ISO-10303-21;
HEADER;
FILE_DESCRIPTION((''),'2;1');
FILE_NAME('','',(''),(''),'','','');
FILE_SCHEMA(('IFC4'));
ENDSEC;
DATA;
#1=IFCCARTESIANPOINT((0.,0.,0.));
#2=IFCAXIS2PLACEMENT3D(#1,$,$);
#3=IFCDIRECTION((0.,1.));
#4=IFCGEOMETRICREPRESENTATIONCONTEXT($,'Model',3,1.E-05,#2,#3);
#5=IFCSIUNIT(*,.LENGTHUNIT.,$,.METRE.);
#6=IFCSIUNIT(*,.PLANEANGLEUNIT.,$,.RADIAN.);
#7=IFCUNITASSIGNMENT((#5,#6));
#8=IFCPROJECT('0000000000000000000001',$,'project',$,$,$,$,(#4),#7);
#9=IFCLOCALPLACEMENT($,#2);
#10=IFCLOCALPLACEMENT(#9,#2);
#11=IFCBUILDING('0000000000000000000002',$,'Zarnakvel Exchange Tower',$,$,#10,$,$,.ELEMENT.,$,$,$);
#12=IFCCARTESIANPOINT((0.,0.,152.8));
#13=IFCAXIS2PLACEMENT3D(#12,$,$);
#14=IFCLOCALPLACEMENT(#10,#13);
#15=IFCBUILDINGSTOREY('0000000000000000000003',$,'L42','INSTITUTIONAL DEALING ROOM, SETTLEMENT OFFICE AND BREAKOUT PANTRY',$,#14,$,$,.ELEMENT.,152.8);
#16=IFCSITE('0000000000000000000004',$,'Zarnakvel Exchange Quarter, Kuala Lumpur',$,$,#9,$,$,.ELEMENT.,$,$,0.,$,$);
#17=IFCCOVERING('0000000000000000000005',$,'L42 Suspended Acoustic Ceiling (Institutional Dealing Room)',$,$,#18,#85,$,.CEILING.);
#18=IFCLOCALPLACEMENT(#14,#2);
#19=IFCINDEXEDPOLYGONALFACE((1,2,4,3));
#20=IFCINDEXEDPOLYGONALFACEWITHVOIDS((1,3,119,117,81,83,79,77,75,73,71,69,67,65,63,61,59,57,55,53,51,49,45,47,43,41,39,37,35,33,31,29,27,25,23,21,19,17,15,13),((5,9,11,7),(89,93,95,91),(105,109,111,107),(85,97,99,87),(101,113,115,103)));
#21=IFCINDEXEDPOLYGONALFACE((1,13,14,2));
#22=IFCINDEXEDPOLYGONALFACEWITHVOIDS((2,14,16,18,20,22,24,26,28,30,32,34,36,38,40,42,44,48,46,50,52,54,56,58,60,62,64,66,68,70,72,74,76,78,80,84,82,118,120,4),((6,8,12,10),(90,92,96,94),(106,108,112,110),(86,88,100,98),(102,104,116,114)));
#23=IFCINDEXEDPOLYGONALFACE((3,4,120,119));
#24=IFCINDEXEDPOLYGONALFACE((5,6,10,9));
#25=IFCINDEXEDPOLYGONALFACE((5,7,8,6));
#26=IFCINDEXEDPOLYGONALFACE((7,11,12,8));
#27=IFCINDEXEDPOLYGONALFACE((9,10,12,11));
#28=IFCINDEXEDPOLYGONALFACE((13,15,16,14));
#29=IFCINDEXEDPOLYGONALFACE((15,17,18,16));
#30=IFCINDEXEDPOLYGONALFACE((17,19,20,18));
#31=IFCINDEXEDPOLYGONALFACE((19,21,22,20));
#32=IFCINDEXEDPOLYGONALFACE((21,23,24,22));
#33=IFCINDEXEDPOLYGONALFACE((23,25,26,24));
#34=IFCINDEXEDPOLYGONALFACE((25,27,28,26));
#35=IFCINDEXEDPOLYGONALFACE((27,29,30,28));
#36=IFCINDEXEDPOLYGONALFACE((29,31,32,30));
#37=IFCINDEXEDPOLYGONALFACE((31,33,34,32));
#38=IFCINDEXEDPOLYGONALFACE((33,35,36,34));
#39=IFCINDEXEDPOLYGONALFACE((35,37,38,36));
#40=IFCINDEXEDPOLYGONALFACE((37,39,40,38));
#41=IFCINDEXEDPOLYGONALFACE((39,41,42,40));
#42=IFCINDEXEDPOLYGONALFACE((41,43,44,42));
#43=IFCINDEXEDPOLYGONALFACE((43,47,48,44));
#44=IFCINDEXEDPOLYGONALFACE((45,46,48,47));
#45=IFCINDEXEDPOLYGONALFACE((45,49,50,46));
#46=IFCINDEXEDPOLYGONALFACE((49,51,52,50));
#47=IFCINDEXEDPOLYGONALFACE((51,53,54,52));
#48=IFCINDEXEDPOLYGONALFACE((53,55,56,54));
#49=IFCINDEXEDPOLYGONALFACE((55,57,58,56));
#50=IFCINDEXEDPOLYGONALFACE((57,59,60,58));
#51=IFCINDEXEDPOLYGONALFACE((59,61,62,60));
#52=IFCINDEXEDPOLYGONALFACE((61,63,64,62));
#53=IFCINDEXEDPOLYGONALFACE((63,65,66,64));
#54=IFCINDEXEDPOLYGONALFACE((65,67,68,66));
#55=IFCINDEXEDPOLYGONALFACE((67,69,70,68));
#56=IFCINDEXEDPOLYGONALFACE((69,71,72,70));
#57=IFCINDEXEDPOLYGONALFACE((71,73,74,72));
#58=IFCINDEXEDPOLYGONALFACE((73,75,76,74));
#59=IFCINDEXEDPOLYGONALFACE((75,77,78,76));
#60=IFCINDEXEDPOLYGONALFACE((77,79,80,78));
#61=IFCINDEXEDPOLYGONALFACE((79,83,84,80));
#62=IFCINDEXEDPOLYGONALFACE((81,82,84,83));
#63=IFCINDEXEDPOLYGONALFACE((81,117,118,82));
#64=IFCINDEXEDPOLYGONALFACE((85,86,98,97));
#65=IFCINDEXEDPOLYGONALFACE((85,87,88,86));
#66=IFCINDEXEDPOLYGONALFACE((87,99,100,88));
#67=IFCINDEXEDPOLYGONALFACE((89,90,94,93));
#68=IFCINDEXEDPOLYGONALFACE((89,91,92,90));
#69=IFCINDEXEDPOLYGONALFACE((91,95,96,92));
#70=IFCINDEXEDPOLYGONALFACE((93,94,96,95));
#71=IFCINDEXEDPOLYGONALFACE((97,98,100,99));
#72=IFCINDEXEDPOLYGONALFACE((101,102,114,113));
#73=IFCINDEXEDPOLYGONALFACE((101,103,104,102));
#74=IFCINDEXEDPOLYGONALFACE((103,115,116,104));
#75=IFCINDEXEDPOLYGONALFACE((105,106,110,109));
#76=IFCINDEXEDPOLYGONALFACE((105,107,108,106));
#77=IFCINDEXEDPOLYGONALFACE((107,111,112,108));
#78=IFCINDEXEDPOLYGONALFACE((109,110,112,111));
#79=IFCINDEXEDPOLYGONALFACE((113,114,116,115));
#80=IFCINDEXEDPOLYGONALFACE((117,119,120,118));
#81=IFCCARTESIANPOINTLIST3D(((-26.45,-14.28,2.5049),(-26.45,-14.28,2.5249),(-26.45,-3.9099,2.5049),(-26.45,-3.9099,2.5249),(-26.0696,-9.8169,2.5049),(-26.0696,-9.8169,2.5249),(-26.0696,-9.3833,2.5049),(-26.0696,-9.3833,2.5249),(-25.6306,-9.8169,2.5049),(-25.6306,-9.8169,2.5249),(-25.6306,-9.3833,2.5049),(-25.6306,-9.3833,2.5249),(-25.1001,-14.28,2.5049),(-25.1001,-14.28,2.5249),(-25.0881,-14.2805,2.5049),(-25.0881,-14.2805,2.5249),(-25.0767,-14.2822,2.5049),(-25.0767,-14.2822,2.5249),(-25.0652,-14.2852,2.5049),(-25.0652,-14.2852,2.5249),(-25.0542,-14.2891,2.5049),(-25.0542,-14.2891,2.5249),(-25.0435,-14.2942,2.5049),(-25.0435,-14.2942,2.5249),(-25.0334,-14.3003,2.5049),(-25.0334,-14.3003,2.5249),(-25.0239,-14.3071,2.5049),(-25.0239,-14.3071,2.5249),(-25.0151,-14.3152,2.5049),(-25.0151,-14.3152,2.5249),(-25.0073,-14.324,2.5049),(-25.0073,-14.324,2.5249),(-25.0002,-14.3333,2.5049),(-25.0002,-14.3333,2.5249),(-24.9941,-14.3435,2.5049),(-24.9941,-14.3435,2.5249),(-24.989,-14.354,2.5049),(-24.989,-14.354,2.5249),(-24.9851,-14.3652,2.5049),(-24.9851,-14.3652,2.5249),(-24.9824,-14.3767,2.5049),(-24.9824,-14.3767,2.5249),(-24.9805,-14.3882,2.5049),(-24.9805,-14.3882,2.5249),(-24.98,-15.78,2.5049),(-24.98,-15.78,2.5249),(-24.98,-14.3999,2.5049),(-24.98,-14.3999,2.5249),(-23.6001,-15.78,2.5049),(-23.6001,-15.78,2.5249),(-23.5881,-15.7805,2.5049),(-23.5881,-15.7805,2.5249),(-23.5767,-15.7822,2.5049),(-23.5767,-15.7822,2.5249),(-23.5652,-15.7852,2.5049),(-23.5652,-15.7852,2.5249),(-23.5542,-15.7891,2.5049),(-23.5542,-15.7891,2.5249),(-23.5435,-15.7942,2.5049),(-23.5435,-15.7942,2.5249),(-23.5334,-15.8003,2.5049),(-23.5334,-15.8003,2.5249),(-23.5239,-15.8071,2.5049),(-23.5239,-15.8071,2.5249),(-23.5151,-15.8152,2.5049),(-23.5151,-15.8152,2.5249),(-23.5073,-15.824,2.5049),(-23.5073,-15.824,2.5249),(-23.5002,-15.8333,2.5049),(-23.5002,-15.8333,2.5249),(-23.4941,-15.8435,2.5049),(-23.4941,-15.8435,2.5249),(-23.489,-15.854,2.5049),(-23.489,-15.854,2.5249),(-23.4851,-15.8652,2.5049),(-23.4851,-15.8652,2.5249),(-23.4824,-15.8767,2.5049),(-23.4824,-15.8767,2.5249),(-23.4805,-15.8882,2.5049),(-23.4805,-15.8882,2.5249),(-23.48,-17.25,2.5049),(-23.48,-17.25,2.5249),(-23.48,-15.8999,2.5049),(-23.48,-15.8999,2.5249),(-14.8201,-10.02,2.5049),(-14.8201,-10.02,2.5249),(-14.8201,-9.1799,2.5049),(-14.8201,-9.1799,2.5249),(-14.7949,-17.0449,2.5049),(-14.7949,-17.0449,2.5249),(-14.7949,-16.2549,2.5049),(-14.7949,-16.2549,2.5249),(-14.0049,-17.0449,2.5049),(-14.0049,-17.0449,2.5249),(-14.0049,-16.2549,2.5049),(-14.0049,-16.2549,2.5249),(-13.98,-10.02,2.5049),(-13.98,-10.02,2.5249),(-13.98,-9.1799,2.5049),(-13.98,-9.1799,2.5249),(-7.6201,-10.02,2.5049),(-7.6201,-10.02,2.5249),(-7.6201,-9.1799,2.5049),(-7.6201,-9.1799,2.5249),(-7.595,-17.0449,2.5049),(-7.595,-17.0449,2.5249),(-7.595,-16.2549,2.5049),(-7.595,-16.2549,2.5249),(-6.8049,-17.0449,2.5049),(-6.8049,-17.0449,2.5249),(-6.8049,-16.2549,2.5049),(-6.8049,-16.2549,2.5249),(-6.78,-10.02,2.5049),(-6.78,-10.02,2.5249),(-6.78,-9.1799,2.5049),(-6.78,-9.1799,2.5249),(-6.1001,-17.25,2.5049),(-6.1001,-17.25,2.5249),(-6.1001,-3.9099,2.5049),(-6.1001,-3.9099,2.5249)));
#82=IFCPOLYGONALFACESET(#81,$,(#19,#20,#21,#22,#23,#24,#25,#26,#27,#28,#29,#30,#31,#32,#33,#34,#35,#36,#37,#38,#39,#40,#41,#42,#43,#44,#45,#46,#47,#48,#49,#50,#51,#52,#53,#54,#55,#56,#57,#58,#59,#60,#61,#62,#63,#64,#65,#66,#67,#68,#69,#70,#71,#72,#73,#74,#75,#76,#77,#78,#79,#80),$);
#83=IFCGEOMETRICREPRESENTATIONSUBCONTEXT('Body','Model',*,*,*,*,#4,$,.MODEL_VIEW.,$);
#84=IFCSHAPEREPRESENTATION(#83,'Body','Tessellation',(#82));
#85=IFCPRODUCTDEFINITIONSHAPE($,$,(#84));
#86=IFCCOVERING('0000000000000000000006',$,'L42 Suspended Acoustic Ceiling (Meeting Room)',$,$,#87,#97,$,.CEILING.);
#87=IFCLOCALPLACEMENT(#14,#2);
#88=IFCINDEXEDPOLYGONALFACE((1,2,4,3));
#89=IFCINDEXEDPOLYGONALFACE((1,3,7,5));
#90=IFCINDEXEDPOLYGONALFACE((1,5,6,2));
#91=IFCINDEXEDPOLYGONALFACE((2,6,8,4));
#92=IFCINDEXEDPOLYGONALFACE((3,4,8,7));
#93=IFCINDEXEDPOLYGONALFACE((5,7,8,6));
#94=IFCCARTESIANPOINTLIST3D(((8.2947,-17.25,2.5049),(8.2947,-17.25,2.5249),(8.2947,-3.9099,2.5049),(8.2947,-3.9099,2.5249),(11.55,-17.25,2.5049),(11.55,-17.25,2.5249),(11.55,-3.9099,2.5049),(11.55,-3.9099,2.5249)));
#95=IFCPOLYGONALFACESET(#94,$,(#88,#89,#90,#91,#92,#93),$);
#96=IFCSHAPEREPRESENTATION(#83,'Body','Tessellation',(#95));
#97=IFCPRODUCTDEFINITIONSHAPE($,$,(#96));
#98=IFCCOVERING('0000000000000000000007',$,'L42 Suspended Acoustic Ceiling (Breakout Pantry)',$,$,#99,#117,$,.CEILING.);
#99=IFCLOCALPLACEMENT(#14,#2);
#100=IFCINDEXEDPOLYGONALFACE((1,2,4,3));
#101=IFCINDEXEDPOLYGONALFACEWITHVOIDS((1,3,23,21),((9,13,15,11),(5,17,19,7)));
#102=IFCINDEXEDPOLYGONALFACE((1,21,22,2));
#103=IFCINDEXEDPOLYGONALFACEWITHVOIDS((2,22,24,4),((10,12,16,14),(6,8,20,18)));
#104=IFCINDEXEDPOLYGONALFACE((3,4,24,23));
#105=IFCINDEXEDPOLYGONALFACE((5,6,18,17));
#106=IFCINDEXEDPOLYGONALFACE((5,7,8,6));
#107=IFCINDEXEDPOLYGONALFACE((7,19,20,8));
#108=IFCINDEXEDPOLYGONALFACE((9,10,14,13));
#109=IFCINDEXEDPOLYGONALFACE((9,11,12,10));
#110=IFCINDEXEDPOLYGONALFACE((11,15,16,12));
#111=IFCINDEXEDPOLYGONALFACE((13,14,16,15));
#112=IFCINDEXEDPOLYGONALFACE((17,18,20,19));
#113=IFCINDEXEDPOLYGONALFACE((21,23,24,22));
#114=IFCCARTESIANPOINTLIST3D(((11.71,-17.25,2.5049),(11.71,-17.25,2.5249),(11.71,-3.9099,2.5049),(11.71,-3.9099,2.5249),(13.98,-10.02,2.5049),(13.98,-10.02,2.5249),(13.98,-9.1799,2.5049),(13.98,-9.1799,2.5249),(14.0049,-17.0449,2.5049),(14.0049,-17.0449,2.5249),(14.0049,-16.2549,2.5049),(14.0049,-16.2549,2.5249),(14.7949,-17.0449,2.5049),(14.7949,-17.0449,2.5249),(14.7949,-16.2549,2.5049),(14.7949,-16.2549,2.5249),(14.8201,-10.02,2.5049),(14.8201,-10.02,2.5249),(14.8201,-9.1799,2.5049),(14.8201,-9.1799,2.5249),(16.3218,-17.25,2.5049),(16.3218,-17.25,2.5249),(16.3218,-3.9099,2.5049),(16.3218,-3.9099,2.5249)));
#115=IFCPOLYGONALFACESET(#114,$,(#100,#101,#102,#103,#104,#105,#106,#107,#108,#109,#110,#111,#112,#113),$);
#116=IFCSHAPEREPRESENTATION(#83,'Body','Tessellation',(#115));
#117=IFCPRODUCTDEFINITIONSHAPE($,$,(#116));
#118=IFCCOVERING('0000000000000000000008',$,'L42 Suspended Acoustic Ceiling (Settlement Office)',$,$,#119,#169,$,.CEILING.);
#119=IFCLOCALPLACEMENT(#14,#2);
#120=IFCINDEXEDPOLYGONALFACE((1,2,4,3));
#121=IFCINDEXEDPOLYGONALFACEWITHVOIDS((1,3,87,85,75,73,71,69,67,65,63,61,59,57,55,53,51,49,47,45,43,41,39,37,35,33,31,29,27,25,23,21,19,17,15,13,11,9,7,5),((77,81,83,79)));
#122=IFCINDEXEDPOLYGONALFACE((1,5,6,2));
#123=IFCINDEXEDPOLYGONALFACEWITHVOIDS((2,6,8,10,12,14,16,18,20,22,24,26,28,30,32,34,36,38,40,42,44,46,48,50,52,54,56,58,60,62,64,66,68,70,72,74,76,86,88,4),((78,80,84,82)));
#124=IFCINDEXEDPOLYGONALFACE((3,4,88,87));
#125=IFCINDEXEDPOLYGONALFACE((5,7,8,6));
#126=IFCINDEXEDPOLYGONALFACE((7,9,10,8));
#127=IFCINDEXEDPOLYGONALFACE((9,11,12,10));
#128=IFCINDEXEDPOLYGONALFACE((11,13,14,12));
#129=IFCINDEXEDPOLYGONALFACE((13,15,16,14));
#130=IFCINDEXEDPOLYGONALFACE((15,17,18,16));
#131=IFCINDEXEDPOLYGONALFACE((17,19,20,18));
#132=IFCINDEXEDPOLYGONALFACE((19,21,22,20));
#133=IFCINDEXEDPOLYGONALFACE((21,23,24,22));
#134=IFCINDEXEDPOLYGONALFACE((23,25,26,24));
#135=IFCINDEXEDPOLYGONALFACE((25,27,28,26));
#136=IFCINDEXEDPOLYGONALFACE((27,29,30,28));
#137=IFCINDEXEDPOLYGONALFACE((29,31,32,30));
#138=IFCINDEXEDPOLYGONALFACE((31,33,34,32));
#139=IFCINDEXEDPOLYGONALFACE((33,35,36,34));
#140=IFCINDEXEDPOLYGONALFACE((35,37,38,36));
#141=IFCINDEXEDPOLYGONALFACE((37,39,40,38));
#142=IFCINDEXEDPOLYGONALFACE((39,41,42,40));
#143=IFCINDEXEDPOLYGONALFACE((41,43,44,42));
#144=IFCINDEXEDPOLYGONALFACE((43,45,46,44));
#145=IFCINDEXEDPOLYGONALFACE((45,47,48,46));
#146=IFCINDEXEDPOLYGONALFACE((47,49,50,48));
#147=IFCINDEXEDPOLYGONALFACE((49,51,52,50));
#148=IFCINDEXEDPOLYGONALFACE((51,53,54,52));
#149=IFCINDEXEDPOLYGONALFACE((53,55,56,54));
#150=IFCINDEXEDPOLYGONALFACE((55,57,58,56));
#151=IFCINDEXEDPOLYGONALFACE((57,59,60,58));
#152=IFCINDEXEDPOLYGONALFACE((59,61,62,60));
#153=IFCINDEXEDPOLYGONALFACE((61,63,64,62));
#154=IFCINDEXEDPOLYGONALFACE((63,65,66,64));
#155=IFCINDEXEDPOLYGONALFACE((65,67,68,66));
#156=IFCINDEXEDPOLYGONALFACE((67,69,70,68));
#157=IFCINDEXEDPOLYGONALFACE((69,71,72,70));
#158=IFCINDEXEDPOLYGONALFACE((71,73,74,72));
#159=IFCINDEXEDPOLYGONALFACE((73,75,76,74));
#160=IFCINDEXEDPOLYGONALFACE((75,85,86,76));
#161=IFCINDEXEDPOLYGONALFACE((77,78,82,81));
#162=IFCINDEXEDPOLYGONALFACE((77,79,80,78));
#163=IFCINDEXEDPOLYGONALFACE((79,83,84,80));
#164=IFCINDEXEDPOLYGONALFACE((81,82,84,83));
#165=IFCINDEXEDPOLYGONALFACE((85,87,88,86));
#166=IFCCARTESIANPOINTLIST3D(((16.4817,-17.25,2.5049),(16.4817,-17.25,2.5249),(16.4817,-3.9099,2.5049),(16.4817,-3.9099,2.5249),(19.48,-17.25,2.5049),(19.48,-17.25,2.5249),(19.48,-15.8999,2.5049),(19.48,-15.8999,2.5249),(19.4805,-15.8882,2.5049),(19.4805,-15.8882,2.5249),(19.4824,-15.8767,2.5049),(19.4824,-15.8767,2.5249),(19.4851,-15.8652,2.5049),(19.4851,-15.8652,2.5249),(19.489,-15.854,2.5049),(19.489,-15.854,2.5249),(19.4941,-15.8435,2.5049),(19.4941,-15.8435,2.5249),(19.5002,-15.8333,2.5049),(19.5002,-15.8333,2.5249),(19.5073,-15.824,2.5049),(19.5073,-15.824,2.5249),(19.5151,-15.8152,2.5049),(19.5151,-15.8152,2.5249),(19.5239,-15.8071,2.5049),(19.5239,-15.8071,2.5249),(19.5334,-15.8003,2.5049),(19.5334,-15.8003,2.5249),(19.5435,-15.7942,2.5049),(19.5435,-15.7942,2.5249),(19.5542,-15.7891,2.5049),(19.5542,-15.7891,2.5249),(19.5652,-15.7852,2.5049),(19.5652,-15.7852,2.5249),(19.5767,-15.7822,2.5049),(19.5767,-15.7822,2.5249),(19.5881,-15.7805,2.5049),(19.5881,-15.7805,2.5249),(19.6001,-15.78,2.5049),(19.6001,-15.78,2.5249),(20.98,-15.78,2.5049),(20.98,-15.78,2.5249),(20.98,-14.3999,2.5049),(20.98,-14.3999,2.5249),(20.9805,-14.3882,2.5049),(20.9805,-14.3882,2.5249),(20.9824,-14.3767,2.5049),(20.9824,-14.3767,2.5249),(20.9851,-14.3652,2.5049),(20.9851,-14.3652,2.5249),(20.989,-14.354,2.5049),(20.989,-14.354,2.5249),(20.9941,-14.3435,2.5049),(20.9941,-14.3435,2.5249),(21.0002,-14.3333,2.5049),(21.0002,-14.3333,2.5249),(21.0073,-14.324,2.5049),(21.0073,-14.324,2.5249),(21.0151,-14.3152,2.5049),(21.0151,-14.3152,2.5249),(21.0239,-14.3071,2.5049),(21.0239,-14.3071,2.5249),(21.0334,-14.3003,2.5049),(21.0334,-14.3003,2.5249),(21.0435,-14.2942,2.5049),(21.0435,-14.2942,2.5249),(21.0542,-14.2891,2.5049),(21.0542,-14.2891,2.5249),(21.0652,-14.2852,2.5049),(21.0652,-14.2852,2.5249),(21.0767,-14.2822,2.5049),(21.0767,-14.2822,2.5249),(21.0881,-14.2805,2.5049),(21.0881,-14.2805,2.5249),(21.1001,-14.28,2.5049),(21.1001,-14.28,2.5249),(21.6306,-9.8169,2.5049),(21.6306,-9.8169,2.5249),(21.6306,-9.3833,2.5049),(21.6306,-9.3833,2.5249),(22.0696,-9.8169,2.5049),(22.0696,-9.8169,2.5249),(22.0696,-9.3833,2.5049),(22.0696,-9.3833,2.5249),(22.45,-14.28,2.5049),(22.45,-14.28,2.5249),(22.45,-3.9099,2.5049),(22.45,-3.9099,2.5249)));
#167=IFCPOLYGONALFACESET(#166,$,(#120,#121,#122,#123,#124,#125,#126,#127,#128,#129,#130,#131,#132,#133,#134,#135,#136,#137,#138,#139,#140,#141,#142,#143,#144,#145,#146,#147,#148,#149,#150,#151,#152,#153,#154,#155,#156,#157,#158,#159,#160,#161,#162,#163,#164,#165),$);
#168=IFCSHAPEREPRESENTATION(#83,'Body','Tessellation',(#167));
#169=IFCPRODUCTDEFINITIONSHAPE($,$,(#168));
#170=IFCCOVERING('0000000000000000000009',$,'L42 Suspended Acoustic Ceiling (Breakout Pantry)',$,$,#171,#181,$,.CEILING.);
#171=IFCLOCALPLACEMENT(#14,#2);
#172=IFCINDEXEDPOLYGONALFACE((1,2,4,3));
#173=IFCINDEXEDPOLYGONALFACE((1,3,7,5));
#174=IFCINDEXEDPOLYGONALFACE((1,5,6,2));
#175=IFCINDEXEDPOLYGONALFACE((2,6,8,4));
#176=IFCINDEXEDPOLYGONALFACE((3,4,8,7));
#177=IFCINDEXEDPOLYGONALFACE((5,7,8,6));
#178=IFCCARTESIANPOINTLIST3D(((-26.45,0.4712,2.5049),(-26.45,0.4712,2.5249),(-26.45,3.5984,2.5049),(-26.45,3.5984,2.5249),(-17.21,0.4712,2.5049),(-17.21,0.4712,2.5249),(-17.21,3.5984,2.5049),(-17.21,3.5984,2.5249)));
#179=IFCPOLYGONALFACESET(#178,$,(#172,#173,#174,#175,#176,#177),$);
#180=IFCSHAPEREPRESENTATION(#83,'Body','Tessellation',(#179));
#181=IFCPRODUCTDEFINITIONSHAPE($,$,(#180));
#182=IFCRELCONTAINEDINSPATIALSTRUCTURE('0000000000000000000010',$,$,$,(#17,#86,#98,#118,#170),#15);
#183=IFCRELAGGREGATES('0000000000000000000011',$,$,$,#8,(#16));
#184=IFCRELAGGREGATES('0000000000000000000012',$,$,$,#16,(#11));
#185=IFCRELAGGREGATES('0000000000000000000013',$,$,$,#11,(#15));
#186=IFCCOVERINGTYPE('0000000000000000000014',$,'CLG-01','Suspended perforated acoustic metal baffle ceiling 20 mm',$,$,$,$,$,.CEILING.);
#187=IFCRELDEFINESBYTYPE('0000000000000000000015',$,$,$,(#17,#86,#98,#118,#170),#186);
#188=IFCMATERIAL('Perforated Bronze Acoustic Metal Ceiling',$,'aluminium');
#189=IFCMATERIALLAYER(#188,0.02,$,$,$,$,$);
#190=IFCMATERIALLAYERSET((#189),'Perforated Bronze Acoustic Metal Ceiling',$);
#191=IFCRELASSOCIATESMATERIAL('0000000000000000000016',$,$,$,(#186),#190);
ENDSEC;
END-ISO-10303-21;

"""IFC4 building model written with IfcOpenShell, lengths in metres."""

from ifc_helpers import new_model, si_unit, direction, frame, origin, place, context, subcontext, project, spatial, polyline, outline, extrude, material, layer, layer_set, type_object, element, save


model = new_model("IFC4")

# Units and contexts
model_context = context("Model", 3, precision=1e-05, world=origin(), true_north=direction((0.0, 1.0)))
body_context = subcontext(model_context, "Body", "Model", "MODEL_VIEW")
ifc_project = project(units=[si_unit("LENGTHUNIT", "METRE"), si_unit("PLANEANGLEUNIT", "RADIAN")], contexts=[model_context])

# Site, building, storey
site_placement = place(None, origin())
site = spatial("IfcSite", under=ifc_project, at=site_placement, Name="Zarnakvel Exchange Quarter, Kuala Lumpur", CompositionType="ELEMENT", RefElevation=0.0)
building_placement = place(site_placement, origin())
building = spatial("IfcBuilding", under=site, at=building_placement, Name="Zarnakvel Exchange Tower", CompositionType="ELEMENT")
storey_placement = place(building_placement, frame((0.0, 0.0, 152.8)))
storey = spatial("IfcBuildingStorey", under=building, at=storey_placement, Name="L42", Description="INSTITUTIONAL DEALING ROOM, SETTLEMENT OFFICE AND BREAKOUT PANTRY", CompositionType="ELEMENT", Elevation=152.8)

# Coverings
ifc_material_1 = material(Name="Perforated Bronze Acoustic Metal Ceiling", Category="aluminium")
ifc_layer_1 = layer(ifc_material_1, 0.02)
ifc_layer_set_1 = layer_set([ifc_layer_1], Name="Perforated Bronze Acoustic Metal Ceiling")
covering_type_1 = type_object("IfcCoveringType", Name="CLG-01", Description="Suspended perforated acoustic metal baffle ceiling 20 mm", PredefinedType="CEILING", material=ifc_layer_set_1)
covering_1_placement = place(storey_placement, frame((0.0, 0.0, 2.5049)))
element("IfcCovering", 1, at=covering_1_placement, inside=storey, type_object=covering_type_1, Name="L42 Suspended Acoustic Ceiling (Institutional Dealing Room)", PredefinedType="CEILING", context=body_context, shape_type="SweptSolid", body=[
    extrude(outline(polyline([(-6.1001, -3.9099), (-6.1001, -17.25), (-23.48, -17.25), (-23.48, -15.8999), (-23.4805, -15.8882), (-23.4824, -15.8767), (-23.4851, -15.8652), (-23.489, -15.854), (-23.4941, -15.8435), (-23.5002, -15.8333), (-23.5073, -15.824), (-23.5151, -15.8152), (-23.5239, -15.8071), (-23.5334, -15.8003), (-23.5435, -15.7942), (-23.5542, -15.7891), (-23.5652, -15.7852), (-23.5767, -15.7822), (-23.5881, -15.7805), (-23.6001, -15.78), (-24.98, -15.78), (-24.98, -14.3999), (-24.9805, -14.3882), (-24.9824, -14.3767), (-24.9851, -14.3652), (-24.989, -14.354), (-24.9941, -14.3435), (-25.0002, -14.3333), (-25.0073, -14.324), (-25.0151, -14.3152), (-25.0239, -14.3071), (-25.0334, -14.3003), (-25.0435, -14.2942), (-25.0542, -14.2891), (-25.0652, -14.2852), (-25.0767, -14.2822), (-25.0881, -14.2805), (-25.1001, -14.28), (-26.45, -14.28), (-26.45, -3.9099), (-6.1001, -3.9099)]), holes=[polyline([(-6.78, -10.02), (-6.78, -9.1799), (-7.6201, -9.1799), (-7.6201, -10.02), (-6.78, -10.02)]), polyline([(-6.8049, -17.0449), (-6.8049, -16.2549), (-7.595, -16.2549), (-7.595, -17.0449), (-6.8049, -17.0449)]), polyline([(-13.98, -10.02), (-13.98, -9.1799), (-14.8201, -9.1799), (-14.8201, -10.02), (-13.98, -10.02)]), polyline([(-14.0049, -16.2549), (-14.7949, -16.2549), (-14.7949, -17.0449), (-14.0049, -17.0449), (-14.0049, -16.2549)]), polyline([(-25.6306, -9.8169), (-25.6306, -9.3833), (-26.0696, -9.3833), (-26.0696, -9.8169), (-25.6306, -9.8169)])]), origin(), (0.0, 0.0, 1.0), 0.02),
])
covering_2_placement = place(storey_placement, frame((0.0, 0.0, 2.5049)))
element("IfcCovering", 2, at=covering_2_placement, inside=storey, type_object=covering_type_1, Name="L42 Suspended Acoustic Ceiling (Meeting Room)", PredefinedType="CEILING", context=body_context, shape_type="SweptSolid", body=[
    extrude(outline(polyline([(8.2947, -3.9099), (11.55, -3.9099), (11.55, -17.25), (8.2947, -17.25), (8.2947, -3.9099)])), origin(), (0.0, 0.0, 1.0), 0.02),
])
covering_3_placement = place(storey_placement, frame((0.0, 0.0, 2.5049)))
element("IfcCovering", 3, at=covering_3_placement, inside=storey, type_object=covering_type_1, Name="L42 Suspended Acoustic Ceiling (Breakout Pantry)", PredefinedType="CEILING", context=body_context, shape_type="SweptSolid", body=[
    extrude(outline(polyline([(11.71, -3.9099), (16.3218, -3.9099), (16.3218, -17.25), (11.71, -17.25), (11.71, -3.9099)]), holes=[polyline([(14.8201, -10.02), (14.8201, -9.1799), (13.98, -9.1799), (13.98, -10.02), (14.8201, -10.02)]), polyline([(14.7949, -17.0449), (14.7949, -16.2549), (14.0049, -16.2549), (14.0049, -17.0449), (14.7949, -17.0449)])]), origin(), (0.0, 0.0, 1.0), 0.02),
])
covering_4_placement = place(storey_placement, frame((0.0, 0.0, 2.5049)))
element("IfcCovering", 4, at=covering_4_placement, inside=storey, type_object=covering_type_1, Name="L42 Suspended Acoustic Ceiling (Settlement Office)", PredefinedType="CEILING", context=body_context, shape_type="SweptSolid", body=[
    extrude(outline(polyline([(16.4817, -3.9099), (22.45, -3.9099), (22.45, -14.28), (21.1001, -14.28), (21.0881, -14.2805), (21.0767, -14.2822), (21.0652, -14.2852), (21.0542, -14.2891), (21.0435, -14.2942), (21.0334, -14.3003), (21.0239, -14.3071), (21.0151, -14.3152), (21.0073, -14.324), (21.0002, -14.3333), (20.9941, -14.3435), (20.989, -14.354), (20.9851, -14.3652), (20.9824, -14.3767), (20.9805, -14.3882), (20.98, -14.3999), (20.98, -15.78), (19.6001, -15.78), (19.5881, -15.7805), (19.5767, -15.7822), (19.5652, -15.7852), (19.5542, -15.7891), (19.5435, -15.7942), (19.5334, -15.8003), (19.5239, -15.8071), (19.5151, -15.8152), (19.5073, -15.824), (19.5002, -15.8333), (19.4941, -15.8435), (19.489, -15.854), (19.4851, -15.8652), (19.4824, -15.8767), (19.4805, -15.8882), (19.48, -15.8999), (19.48, -17.25), (16.4817, -17.25), (16.4817, -3.9099)]), holes=[polyline([(22.0696, -9.8169), (22.0696, -9.3833), (21.6306, -9.3833), (21.6306, -9.8169), (22.0696, -9.8169)])]), origin(), (0.0, 0.0, 1.0), 0.02),
])
covering_5_placement = place(storey_placement, frame((0.0, 0.0, 2.5049)))
element("IfcCovering", 5, at=covering_5_placement, inside=storey, type_object=covering_type_1, Name="L42 Suspended Acoustic Ceiling (Breakout Pantry)", PredefinedType="CEILING", context=body_context, shape_type="SweptSolid", body=[
    extrude(outline(polyline([(-26.45, 3.5984), (-17.21, 3.5984), (-17.21, 0.4712), (-26.45, 0.4712), (-26.45, 3.5984)])), origin(), (0.0, 0.0, 1.0), 0.02),
])

save(model, "model.ifc")
